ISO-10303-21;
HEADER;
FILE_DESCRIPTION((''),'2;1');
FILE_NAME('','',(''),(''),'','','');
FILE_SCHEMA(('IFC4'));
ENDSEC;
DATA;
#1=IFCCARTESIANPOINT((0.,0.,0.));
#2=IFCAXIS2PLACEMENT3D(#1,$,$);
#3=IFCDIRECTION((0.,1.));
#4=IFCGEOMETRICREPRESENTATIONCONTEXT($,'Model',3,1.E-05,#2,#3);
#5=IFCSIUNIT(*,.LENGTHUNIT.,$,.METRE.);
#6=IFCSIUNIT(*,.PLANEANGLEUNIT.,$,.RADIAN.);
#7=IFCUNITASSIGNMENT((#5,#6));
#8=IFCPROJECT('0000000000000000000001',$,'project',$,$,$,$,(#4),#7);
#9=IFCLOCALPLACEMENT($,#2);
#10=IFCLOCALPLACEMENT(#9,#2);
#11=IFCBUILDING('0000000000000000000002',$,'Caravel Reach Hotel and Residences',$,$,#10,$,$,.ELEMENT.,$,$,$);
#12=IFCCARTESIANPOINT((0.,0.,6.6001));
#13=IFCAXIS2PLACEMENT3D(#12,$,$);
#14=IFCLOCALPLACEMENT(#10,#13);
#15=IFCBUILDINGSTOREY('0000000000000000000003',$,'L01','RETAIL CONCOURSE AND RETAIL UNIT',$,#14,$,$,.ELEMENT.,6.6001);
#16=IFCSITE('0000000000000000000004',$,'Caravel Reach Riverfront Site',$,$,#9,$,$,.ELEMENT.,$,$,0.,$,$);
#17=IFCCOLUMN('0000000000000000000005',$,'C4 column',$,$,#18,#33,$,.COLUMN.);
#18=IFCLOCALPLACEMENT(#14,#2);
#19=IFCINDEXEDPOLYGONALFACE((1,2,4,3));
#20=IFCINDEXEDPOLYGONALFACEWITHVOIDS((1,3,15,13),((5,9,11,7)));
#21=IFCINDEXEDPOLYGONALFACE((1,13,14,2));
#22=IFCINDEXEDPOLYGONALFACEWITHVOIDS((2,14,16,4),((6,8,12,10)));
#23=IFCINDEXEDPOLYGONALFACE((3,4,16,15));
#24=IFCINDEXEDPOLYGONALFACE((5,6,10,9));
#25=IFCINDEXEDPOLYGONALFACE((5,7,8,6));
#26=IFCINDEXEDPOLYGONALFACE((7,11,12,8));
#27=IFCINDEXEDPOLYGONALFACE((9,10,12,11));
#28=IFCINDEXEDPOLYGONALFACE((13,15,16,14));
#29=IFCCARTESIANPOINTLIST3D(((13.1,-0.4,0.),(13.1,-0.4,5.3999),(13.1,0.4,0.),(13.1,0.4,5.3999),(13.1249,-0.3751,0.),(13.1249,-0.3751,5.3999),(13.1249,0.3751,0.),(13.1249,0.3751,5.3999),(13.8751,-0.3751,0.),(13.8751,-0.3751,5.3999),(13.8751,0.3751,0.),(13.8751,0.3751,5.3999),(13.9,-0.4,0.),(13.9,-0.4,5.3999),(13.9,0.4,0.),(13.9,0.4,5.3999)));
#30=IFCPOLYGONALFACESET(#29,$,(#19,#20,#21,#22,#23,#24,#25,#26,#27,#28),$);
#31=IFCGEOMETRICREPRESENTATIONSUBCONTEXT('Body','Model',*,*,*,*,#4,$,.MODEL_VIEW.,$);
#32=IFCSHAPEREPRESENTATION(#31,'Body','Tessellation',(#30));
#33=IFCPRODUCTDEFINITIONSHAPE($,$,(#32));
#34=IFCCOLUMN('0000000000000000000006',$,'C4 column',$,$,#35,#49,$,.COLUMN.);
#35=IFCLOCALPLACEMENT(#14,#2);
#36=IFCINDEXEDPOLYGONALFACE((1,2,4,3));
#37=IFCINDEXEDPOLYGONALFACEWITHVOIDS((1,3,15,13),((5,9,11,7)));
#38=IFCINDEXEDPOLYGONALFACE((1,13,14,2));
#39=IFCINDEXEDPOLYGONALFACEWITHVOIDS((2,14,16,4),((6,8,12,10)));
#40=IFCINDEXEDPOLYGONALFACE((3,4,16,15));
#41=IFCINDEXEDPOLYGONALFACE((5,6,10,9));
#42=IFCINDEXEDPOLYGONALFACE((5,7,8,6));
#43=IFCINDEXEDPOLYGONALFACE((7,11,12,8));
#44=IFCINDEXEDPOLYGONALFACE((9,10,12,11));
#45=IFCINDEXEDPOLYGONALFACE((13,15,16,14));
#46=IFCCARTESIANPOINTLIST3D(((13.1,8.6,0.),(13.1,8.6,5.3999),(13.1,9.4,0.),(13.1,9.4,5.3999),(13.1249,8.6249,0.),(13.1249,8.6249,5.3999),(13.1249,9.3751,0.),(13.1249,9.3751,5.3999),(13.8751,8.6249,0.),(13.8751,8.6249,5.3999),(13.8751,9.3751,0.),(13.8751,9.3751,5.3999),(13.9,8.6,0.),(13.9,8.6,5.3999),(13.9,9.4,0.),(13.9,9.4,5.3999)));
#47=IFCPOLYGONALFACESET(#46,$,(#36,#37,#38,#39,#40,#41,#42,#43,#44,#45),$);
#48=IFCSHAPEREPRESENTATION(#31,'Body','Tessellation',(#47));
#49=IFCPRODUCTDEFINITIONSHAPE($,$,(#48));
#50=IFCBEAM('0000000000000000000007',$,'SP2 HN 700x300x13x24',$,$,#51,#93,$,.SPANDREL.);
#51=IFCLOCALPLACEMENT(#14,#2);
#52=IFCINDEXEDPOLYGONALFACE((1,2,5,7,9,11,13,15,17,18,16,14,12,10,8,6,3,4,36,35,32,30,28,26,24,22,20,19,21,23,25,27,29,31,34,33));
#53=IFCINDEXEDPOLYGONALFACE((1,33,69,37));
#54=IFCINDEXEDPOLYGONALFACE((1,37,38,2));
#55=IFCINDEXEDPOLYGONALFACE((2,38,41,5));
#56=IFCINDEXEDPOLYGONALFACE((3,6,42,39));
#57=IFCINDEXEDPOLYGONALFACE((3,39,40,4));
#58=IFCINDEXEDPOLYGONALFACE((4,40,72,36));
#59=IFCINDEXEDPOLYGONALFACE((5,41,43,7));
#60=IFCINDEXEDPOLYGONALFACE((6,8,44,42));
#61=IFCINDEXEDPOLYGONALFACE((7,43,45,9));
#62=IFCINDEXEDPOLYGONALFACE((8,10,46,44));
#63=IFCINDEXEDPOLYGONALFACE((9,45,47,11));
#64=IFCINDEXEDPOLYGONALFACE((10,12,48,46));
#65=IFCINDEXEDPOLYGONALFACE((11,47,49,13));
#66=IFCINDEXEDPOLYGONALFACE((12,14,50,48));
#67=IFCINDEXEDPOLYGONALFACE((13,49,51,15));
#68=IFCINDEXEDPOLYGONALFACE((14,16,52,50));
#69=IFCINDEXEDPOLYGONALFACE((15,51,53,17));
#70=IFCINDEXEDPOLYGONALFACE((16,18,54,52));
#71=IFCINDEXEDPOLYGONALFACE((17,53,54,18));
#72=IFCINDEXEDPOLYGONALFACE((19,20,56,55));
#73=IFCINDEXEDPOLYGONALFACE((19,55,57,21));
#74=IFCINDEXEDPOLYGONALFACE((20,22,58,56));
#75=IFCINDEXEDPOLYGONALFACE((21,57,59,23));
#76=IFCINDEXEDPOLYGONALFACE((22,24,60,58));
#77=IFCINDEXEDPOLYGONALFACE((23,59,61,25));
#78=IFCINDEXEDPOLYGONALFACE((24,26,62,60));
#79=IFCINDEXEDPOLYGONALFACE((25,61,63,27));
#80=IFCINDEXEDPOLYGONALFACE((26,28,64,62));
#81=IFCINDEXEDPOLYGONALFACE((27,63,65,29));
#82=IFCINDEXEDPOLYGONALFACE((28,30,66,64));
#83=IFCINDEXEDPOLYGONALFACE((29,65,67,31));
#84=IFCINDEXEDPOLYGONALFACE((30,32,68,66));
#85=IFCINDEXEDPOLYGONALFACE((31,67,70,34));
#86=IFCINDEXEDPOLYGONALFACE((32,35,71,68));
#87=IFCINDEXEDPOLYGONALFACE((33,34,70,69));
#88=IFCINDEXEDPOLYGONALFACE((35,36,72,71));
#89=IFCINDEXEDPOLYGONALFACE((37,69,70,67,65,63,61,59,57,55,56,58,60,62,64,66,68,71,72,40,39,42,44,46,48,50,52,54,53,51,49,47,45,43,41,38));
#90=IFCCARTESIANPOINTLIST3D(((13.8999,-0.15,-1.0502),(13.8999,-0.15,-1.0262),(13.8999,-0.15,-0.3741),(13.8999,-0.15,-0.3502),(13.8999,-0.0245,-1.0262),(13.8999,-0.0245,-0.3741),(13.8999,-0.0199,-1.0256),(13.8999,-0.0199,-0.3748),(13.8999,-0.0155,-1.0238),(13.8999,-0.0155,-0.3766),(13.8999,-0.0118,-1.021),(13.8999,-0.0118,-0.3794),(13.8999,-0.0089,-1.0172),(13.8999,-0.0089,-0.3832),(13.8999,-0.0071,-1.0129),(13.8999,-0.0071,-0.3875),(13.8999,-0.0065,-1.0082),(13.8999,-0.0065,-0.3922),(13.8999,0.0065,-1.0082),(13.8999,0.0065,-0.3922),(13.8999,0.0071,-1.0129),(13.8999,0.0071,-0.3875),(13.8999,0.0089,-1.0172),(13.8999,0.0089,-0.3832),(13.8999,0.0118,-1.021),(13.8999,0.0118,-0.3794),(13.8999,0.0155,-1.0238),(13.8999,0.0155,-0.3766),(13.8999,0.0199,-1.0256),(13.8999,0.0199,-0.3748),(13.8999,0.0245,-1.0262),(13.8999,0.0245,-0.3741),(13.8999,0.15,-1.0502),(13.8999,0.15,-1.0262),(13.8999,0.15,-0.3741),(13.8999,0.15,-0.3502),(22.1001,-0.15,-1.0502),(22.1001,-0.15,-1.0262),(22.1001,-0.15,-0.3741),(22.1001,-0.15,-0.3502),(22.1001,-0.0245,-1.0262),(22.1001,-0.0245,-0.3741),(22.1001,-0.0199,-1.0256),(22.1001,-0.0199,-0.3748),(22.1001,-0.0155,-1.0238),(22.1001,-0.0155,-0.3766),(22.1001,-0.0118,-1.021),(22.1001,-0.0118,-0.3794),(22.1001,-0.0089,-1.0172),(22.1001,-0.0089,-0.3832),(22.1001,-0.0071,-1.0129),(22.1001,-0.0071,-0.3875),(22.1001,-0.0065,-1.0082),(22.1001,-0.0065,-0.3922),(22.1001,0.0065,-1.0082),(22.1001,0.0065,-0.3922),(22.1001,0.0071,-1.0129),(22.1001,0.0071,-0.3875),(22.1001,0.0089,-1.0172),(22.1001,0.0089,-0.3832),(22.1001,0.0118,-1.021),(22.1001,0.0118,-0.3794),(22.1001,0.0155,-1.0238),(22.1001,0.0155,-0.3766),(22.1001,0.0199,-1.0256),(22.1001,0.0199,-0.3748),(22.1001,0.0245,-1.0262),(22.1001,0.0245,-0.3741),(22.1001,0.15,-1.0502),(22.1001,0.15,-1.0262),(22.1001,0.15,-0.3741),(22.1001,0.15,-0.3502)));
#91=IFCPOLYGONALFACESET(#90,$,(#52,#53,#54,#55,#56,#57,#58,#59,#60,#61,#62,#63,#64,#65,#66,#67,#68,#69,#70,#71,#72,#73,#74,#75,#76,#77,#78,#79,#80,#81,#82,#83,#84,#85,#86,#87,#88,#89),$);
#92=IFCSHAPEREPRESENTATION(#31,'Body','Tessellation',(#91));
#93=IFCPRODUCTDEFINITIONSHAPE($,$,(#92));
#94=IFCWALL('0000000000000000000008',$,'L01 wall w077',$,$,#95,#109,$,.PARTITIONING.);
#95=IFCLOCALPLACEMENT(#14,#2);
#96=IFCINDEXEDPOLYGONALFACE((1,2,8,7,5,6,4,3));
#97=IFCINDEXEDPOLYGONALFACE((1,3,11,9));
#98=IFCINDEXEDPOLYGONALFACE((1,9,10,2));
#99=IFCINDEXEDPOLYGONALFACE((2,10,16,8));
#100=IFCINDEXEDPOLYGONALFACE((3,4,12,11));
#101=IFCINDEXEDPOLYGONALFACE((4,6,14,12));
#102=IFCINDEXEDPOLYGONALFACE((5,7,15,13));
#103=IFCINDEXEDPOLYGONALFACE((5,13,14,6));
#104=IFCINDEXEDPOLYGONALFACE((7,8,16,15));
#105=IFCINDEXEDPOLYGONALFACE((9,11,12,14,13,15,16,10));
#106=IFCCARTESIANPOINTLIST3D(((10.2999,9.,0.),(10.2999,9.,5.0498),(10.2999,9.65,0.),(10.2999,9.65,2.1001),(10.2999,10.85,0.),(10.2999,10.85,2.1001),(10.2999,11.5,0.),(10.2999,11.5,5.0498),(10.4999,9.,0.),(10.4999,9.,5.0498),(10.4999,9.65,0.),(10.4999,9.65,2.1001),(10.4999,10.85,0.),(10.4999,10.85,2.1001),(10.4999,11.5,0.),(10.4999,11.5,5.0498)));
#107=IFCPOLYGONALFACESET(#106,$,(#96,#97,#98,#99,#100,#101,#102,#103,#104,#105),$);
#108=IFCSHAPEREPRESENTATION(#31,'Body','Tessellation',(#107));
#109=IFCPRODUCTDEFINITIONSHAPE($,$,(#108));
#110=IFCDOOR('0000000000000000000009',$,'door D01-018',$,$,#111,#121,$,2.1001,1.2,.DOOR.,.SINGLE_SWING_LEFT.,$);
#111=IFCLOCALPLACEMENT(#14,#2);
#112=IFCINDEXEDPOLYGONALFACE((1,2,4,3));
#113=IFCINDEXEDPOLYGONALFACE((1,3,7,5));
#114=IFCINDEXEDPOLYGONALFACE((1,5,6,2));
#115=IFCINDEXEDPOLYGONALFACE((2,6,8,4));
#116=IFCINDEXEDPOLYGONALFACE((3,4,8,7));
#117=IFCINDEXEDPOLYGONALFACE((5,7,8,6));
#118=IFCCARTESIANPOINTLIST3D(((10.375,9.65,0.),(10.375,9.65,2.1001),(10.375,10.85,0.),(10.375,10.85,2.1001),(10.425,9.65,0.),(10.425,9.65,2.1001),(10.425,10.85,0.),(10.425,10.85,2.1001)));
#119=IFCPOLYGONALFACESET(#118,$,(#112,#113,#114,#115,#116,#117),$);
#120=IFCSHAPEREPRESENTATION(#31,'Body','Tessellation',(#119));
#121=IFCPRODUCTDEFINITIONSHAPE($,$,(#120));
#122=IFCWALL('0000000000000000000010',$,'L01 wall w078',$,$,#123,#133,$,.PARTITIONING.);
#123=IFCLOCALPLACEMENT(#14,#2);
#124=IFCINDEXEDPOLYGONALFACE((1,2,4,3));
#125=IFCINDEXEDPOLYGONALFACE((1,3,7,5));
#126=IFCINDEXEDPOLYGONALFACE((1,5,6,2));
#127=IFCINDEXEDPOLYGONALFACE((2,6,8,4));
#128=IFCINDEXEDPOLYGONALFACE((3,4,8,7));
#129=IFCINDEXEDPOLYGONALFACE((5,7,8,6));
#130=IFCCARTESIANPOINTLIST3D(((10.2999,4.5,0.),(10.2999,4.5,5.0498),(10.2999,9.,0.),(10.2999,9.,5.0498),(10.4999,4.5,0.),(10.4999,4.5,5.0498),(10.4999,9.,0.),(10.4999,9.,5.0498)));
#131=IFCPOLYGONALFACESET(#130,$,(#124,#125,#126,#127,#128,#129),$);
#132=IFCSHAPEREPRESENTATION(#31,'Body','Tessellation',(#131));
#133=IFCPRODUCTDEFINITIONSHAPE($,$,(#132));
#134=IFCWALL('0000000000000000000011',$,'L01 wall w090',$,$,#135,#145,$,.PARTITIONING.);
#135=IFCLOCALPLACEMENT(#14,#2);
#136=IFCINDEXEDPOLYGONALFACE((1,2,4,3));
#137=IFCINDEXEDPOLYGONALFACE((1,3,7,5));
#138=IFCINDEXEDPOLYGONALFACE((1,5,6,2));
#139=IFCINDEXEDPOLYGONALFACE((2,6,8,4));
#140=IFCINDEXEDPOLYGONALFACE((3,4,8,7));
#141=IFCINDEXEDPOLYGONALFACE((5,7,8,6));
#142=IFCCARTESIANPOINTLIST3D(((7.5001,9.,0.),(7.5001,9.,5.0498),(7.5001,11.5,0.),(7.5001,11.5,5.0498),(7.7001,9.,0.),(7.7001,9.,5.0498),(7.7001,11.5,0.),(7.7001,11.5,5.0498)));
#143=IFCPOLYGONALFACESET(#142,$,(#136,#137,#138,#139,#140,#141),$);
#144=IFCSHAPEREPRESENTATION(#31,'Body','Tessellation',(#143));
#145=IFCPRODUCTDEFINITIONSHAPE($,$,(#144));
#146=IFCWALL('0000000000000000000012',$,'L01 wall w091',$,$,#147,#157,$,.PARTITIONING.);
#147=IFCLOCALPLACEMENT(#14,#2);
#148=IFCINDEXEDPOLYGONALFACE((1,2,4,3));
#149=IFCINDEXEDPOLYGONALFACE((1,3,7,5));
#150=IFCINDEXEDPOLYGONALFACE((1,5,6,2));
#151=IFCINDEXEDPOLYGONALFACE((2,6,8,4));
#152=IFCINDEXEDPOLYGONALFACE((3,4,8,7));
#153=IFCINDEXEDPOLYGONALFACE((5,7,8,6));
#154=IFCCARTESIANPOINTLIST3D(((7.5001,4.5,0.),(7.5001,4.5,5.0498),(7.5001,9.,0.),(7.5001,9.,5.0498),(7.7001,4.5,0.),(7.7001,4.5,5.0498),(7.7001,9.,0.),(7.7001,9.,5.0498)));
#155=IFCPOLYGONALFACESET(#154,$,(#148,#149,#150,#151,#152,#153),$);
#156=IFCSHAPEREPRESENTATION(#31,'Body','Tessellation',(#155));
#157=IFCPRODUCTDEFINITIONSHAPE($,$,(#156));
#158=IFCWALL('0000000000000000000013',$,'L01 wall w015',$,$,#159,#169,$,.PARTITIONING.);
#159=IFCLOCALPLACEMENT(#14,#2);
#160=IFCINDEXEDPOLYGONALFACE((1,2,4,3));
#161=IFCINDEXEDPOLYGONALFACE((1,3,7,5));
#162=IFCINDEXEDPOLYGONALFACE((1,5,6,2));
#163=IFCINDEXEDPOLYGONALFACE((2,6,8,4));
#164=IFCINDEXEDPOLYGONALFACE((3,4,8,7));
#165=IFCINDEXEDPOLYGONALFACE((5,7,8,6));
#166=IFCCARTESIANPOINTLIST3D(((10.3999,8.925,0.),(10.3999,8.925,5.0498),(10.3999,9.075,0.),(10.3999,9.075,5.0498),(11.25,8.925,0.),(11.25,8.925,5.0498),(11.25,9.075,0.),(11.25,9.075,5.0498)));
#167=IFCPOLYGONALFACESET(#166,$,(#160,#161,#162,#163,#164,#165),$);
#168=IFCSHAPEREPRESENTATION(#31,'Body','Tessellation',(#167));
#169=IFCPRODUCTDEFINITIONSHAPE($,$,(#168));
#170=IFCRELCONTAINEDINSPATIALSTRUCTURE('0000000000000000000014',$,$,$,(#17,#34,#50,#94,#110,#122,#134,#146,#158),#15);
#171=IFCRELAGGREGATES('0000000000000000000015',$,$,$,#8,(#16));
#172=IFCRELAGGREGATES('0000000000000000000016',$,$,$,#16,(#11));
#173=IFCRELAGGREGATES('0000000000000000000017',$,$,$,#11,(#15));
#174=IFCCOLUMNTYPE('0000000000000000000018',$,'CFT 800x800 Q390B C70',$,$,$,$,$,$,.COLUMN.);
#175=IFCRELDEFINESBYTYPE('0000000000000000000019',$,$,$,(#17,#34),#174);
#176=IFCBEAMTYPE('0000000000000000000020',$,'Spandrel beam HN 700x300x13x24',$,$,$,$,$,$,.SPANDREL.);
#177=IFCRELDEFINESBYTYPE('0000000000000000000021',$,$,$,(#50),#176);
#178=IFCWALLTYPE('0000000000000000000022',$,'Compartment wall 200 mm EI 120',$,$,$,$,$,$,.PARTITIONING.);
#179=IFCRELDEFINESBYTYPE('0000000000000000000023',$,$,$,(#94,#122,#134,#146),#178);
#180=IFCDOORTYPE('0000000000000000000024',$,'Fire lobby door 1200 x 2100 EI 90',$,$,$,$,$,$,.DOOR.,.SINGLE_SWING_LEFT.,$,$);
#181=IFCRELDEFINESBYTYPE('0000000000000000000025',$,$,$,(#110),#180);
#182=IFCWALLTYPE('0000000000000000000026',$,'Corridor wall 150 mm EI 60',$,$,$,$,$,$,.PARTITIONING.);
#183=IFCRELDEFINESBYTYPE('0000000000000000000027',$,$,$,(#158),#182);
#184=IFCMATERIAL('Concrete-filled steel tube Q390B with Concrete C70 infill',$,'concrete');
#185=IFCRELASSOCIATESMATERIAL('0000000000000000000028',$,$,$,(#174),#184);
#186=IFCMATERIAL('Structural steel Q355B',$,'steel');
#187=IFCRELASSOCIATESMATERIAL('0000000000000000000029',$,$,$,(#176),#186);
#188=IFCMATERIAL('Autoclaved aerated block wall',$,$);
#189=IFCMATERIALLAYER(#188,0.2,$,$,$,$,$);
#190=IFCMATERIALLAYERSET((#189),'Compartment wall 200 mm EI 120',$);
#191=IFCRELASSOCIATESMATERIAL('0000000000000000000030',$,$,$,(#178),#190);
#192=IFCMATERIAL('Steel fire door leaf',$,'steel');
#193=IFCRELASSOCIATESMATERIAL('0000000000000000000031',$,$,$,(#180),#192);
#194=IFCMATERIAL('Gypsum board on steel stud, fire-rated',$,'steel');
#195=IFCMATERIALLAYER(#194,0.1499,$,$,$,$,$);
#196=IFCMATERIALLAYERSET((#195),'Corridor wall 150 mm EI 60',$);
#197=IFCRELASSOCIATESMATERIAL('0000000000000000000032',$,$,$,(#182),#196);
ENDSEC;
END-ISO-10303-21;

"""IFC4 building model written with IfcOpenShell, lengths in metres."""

from ifc_helpers import new_model, si_unit, direction, frame, frame_2d, origin, origin_2d, place, context, subcontext, project, spatial, rectangle, hollow_rectangle, i_section, extrude, material, layer, layer_set, material_profile, profile_set, type_object, element, fill, save


model = new_model("IFC4")

# Units and contexts
model_context = context("Model", 3, precision=1e-05, world=origin(), true_north=direction((0.0, 1.0)))
body_context = subcontext(model_context, "Body", "Model", "MODEL_VIEW")
ifc_project = project(units=[si_unit("LENGTHUNIT", "METRE"), si_unit("PLANEANGLEUNIT", "RADIAN")], contexts=[model_context])

# Site, building, storey
site_placement = place(None, origin())
site = spatial("IfcSite", under=ifc_project, at=site_placement, Name="Caravel Reach Riverfront Site", CompositionType="ELEMENT", RefElevation=0.0)
building_placement = place(site_placement, origin())
building = spatial("IfcBuilding", under=site, at=building_placement, Name="Caravel Reach Hotel and Residences", CompositionType="ELEMENT")
storey_placement = place(building_placement, frame((0.0, 0.0, 6.6001)))
storey = spatial("IfcBuildingStorey", under=building, at=storey_placement, Name="L01", Description="RETAIL CONCOURSE AND RETAIL UNIT", CompositionType="ELEMENT", Elevation=6.6001)

# Columns
ifc_material_1 = material(Name="Concrete-filled steel tube Q390B with Concrete C70 infill", Category="concrete")
ifc_material_profile_1 = material_profile(ifc_material_1, hollow_rectangle(XDim=0.8, YDim=0.8, WallThickness=0.0249, at=origin_2d()), Name="RHS 800x800x25")
ifc_profile_set_1 = profile_set([ifc_material_profile_1], Name="Concrete-filled steel tube Q390B with Concrete C70 infill")
column_type = type_object("IfcColumnType", Name="CFT 800x800 Q390B C70", PredefinedType="COLUMN", material=ifc_profile_set_1)
for number, where, z_axis, x_axis, name in (
    (1, (13.5, 0.0, 0.0), (0.0, 0.0, 1.0), (1.0, 0.0, 0.0), "C4 column"),
    (2, (13.5, 9.0, 0.0), (0.0, 0.0, 1.0), (1.0, 0.0, 0.0), "C4 column"),
):
    element("IfcColumn", number, at=place(storey_placement, frame(where, z_axis=z_axis, x_axis=x_axis)), inside=storey, type_object=column_type, Name=name, PredefinedType="COLUMN", context=body_context, shape_type="SweptSolid", body=[
        extrude(hollow_rectangle(XDim=0.8, YDim=0.8, WallThickness=0.0249, at=origin_2d()), origin(), (0.0, 0.0, 1.0), 5.3999),
    ])

# Beam
ifc_material_2 = material(Name="Structural steel Q355B", Category="steel")
ifc_material_profile_2 = material_profile(ifc_material_2, i_section(OverallWidth=0.3, OverallDepth=0.7, WebThickness=0.0129, FlangeThickness=0.0239, FilletRadius=0.0181, at=origin_2d()), Name="HN 700x300x13x24")
ifc_profile_set_2 = profile_set([ifc_material_profile_2], Name="Structural steel Q355B")
beam_type = type_object("IfcBeamType", Name="Spandrel beam HN 700x300x13x24", PredefinedType="SPANDREL", material=ifc_profile_set_2)
beam_placement = place(storey_placement, frame((13.8999, 0.0, -0.7002), z_axis=(1.0, 0.0, 0.0), x_axis=(0.0, 1.0, 0.0)))
element("IfcBeam", 3, at=beam_placement, inside=storey, type_object=beam_type, Name="SP2 HN 700x300x13x24", PredefinedType="SPANDREL", context=body_context, shape_type="SweptSolid", body=[
    extrude(i_section(OverallWidth=0.3, OverallDepth=0.7, WebThickness=0.0129, FlangeThickness=0.0239, FilletRadius=0.0181, at=origin_2d()), origin(), (0.0, 0.0, 1.0), 8.2002),
])

# Wall, opening, door
ifc_material_3 = material(Name="Autoclaved aerated block wall")
ifc_layer_1 = layer(ifc_material_3, 0.2)
ifc_layer_set_1 = layer_set([ifc_layer_1], Name="Compartment wall 200 mm EI 120")
wall_type_1 = type_object("IfcWallType", Name="Compartment wall 200 mm EI 120", PredefinedType="PARTITIONING", material=ifc_layer_set_1)
wall_1_placement = place(storey_placement, frame((10.3999, 9.0, 0.0), z_axis=(0.0, 0.0, 1.0), x_axis=(0.0, 1.0, 0.0)))
wall_1 = element("IfcWall", 4, at=wall_1_placement, inside=storey, type_object=wall_type_1, Name="L01 wall w077", PredefinedType="PARTITIONING", context=body_context, shape_type="SweptSolid", body=[
    extrude(rectangle(XDim=2.5, YDim=0.2, at=frame_2d((1.25, 0.0))), origin(), (0.0, 0.0, 1.0), 5.0498),
])
opening_1_placement = place(wall_1_placement, frame((0.6499, 0.0, 0.0)))
opening_1 = element("IfcOpeningElement", 5, at=opening_1_placement, cuts=wall_1, PredefinedType="OPENING", context=body_context, shape_type="SweptSolid", body=[
    extrude(rectangle(XDim=1.2, YDim=2.1001, at=frame_2d((0.6001, 1.05))), frame((0.0, 0.1099, 0.0), z_axis=(0.0, -1.0, 0.0), x_axis=(1.0, 0.0, 0.0)), (0.0, 0.0, 1.0), 0.22),
])
ifc_material_4 = material(Name="Steel fire door leaf", Category="steel")
door_type_1 = type_object("IfcDoorType", Name="Fire lobby door 1200 x 2100 EI 90", OperationType="SINGLE_SWING_LEFT", PredefinedType="DOOR", material=ifc_material_4)
door_1_placement = place(opening_1_placement, origin())
door_1 = element("IfcDoor", 6, at=door_1_placement, inside=storey, type_object=door_type_1, Name="door D01-018", OperationType="SINGLE_SWING_LEFT", OverallHeight=2.1001, OverallWidth=1.2, PredefinedType="DOOR", context=body_context, shape_type="SweptSolid", body=[
    extrude(rectangle(XDim=1.2, YDim=2.1001, at=frame_2d((0.6001, 1.05))), frame((0.0, 0.0249, 0.0), z_axis=(0.0, -1.0, 0.0), x_axis=(1.0, 0.0, 0.0)), (0.0, 0.0, 1.0), 0.05),
])
fill(opening_1, door_1)

# Walls
wall_2_placement = place(storey_placement, frame((10.3999, 4.5, 0.0), z_axis=(0.0, 0.0, 1.0), x_axis=(0.0, 1.0, 0.0)))
element("IfcWall", 7, at=wall_2_placement, inside=storey, type_object=wall_type_1, Name="L01 wall w078", PredefinedType="PARTITIONING", context=body_context, shape_type="SweptSolid", body=[
    extrude(rectangle(XDim=4.5, YDim=0.2, at=frame_2d((2.25, 0.0))), origin(), (0.0, 0.0, 1.0), 5.0498),
])
wall_3_placement = place(storey_placement, frame((7.6001, 9.0, 0.0), z_axis=(0.0, 0.0, 1.0), x_axis=(0.0, 1.0, 0.0)))
element("IfcWall", 8, at=wall_3_placement, inside=storey, type_object=wall_type_1, Name="L01 wall w090", PredefinedType="PARTITIONING", context=body_context, shape_type="SweptSolid", body=[
    extrude(rectangle(XDim=2.5, YDim=0.2, at=frame_2d((1.25, 0.0))), origin(), (0.0, 0.0, 1.0), 5.0498),
])
wall_4_placement = place(storey_placement, frame((7.6001, 4.5, 0.0), z_axis=(0.0, 0.0, 1.0), x_axis=(0.0, 1.0, 0.0)))
element("IfcWall", 9, at=wall_4_placement, inside=storey, type_object=wall_type_1, Name="L01 wall w091", PredefinedType="PARTITIONING", context=body_context, shape_type="SweptSolid", body=[
    extrude(rectangle(XDim=4.5, YDim=0.2, at=frame_2d((2.25, 0.0))), origin(), (0.0, 0.0, 1.0), 5.0498),
])
ifc_material_5 = material(Name="Gypsum board on steel stud, fire-rated", Category="steel")
ifc_layer_2 = layer(ifc_material_5, 0.1499)
ifc_layer_set_2 = layer_set([ifc_layer_2], Name="Corridor wall 150 mm EI 60")
wall_type_2 = type_object("IfcWallType", Name="Corridor wall 150 mm EI 60", PredefinedType="PARTITIONING", material=ifc_layer_set_2)
wall_5_placement = place(storey_placement, frame((10.3999, 9.0, 0.0), z_axis=(0.0, 0.0, 1.0), x_axis=(1.0, 0.0, 0.0)))
element("IfcWall", 10, at=wall_5_placement, inside=storey, type_object=wall_type_2, Name="L01 wall w015", PredefinedType="PARTITIONING", context=body_context, shape_type="SweptSolid", body=[
    extrude(rectangle(XDim=0.8501, YDim=0.1499, at=frame_2d((0.425, 0.0))), origin(), (0.0, 0.0, 1.0), 5.0498),
])

save(model, "model.ifc")
